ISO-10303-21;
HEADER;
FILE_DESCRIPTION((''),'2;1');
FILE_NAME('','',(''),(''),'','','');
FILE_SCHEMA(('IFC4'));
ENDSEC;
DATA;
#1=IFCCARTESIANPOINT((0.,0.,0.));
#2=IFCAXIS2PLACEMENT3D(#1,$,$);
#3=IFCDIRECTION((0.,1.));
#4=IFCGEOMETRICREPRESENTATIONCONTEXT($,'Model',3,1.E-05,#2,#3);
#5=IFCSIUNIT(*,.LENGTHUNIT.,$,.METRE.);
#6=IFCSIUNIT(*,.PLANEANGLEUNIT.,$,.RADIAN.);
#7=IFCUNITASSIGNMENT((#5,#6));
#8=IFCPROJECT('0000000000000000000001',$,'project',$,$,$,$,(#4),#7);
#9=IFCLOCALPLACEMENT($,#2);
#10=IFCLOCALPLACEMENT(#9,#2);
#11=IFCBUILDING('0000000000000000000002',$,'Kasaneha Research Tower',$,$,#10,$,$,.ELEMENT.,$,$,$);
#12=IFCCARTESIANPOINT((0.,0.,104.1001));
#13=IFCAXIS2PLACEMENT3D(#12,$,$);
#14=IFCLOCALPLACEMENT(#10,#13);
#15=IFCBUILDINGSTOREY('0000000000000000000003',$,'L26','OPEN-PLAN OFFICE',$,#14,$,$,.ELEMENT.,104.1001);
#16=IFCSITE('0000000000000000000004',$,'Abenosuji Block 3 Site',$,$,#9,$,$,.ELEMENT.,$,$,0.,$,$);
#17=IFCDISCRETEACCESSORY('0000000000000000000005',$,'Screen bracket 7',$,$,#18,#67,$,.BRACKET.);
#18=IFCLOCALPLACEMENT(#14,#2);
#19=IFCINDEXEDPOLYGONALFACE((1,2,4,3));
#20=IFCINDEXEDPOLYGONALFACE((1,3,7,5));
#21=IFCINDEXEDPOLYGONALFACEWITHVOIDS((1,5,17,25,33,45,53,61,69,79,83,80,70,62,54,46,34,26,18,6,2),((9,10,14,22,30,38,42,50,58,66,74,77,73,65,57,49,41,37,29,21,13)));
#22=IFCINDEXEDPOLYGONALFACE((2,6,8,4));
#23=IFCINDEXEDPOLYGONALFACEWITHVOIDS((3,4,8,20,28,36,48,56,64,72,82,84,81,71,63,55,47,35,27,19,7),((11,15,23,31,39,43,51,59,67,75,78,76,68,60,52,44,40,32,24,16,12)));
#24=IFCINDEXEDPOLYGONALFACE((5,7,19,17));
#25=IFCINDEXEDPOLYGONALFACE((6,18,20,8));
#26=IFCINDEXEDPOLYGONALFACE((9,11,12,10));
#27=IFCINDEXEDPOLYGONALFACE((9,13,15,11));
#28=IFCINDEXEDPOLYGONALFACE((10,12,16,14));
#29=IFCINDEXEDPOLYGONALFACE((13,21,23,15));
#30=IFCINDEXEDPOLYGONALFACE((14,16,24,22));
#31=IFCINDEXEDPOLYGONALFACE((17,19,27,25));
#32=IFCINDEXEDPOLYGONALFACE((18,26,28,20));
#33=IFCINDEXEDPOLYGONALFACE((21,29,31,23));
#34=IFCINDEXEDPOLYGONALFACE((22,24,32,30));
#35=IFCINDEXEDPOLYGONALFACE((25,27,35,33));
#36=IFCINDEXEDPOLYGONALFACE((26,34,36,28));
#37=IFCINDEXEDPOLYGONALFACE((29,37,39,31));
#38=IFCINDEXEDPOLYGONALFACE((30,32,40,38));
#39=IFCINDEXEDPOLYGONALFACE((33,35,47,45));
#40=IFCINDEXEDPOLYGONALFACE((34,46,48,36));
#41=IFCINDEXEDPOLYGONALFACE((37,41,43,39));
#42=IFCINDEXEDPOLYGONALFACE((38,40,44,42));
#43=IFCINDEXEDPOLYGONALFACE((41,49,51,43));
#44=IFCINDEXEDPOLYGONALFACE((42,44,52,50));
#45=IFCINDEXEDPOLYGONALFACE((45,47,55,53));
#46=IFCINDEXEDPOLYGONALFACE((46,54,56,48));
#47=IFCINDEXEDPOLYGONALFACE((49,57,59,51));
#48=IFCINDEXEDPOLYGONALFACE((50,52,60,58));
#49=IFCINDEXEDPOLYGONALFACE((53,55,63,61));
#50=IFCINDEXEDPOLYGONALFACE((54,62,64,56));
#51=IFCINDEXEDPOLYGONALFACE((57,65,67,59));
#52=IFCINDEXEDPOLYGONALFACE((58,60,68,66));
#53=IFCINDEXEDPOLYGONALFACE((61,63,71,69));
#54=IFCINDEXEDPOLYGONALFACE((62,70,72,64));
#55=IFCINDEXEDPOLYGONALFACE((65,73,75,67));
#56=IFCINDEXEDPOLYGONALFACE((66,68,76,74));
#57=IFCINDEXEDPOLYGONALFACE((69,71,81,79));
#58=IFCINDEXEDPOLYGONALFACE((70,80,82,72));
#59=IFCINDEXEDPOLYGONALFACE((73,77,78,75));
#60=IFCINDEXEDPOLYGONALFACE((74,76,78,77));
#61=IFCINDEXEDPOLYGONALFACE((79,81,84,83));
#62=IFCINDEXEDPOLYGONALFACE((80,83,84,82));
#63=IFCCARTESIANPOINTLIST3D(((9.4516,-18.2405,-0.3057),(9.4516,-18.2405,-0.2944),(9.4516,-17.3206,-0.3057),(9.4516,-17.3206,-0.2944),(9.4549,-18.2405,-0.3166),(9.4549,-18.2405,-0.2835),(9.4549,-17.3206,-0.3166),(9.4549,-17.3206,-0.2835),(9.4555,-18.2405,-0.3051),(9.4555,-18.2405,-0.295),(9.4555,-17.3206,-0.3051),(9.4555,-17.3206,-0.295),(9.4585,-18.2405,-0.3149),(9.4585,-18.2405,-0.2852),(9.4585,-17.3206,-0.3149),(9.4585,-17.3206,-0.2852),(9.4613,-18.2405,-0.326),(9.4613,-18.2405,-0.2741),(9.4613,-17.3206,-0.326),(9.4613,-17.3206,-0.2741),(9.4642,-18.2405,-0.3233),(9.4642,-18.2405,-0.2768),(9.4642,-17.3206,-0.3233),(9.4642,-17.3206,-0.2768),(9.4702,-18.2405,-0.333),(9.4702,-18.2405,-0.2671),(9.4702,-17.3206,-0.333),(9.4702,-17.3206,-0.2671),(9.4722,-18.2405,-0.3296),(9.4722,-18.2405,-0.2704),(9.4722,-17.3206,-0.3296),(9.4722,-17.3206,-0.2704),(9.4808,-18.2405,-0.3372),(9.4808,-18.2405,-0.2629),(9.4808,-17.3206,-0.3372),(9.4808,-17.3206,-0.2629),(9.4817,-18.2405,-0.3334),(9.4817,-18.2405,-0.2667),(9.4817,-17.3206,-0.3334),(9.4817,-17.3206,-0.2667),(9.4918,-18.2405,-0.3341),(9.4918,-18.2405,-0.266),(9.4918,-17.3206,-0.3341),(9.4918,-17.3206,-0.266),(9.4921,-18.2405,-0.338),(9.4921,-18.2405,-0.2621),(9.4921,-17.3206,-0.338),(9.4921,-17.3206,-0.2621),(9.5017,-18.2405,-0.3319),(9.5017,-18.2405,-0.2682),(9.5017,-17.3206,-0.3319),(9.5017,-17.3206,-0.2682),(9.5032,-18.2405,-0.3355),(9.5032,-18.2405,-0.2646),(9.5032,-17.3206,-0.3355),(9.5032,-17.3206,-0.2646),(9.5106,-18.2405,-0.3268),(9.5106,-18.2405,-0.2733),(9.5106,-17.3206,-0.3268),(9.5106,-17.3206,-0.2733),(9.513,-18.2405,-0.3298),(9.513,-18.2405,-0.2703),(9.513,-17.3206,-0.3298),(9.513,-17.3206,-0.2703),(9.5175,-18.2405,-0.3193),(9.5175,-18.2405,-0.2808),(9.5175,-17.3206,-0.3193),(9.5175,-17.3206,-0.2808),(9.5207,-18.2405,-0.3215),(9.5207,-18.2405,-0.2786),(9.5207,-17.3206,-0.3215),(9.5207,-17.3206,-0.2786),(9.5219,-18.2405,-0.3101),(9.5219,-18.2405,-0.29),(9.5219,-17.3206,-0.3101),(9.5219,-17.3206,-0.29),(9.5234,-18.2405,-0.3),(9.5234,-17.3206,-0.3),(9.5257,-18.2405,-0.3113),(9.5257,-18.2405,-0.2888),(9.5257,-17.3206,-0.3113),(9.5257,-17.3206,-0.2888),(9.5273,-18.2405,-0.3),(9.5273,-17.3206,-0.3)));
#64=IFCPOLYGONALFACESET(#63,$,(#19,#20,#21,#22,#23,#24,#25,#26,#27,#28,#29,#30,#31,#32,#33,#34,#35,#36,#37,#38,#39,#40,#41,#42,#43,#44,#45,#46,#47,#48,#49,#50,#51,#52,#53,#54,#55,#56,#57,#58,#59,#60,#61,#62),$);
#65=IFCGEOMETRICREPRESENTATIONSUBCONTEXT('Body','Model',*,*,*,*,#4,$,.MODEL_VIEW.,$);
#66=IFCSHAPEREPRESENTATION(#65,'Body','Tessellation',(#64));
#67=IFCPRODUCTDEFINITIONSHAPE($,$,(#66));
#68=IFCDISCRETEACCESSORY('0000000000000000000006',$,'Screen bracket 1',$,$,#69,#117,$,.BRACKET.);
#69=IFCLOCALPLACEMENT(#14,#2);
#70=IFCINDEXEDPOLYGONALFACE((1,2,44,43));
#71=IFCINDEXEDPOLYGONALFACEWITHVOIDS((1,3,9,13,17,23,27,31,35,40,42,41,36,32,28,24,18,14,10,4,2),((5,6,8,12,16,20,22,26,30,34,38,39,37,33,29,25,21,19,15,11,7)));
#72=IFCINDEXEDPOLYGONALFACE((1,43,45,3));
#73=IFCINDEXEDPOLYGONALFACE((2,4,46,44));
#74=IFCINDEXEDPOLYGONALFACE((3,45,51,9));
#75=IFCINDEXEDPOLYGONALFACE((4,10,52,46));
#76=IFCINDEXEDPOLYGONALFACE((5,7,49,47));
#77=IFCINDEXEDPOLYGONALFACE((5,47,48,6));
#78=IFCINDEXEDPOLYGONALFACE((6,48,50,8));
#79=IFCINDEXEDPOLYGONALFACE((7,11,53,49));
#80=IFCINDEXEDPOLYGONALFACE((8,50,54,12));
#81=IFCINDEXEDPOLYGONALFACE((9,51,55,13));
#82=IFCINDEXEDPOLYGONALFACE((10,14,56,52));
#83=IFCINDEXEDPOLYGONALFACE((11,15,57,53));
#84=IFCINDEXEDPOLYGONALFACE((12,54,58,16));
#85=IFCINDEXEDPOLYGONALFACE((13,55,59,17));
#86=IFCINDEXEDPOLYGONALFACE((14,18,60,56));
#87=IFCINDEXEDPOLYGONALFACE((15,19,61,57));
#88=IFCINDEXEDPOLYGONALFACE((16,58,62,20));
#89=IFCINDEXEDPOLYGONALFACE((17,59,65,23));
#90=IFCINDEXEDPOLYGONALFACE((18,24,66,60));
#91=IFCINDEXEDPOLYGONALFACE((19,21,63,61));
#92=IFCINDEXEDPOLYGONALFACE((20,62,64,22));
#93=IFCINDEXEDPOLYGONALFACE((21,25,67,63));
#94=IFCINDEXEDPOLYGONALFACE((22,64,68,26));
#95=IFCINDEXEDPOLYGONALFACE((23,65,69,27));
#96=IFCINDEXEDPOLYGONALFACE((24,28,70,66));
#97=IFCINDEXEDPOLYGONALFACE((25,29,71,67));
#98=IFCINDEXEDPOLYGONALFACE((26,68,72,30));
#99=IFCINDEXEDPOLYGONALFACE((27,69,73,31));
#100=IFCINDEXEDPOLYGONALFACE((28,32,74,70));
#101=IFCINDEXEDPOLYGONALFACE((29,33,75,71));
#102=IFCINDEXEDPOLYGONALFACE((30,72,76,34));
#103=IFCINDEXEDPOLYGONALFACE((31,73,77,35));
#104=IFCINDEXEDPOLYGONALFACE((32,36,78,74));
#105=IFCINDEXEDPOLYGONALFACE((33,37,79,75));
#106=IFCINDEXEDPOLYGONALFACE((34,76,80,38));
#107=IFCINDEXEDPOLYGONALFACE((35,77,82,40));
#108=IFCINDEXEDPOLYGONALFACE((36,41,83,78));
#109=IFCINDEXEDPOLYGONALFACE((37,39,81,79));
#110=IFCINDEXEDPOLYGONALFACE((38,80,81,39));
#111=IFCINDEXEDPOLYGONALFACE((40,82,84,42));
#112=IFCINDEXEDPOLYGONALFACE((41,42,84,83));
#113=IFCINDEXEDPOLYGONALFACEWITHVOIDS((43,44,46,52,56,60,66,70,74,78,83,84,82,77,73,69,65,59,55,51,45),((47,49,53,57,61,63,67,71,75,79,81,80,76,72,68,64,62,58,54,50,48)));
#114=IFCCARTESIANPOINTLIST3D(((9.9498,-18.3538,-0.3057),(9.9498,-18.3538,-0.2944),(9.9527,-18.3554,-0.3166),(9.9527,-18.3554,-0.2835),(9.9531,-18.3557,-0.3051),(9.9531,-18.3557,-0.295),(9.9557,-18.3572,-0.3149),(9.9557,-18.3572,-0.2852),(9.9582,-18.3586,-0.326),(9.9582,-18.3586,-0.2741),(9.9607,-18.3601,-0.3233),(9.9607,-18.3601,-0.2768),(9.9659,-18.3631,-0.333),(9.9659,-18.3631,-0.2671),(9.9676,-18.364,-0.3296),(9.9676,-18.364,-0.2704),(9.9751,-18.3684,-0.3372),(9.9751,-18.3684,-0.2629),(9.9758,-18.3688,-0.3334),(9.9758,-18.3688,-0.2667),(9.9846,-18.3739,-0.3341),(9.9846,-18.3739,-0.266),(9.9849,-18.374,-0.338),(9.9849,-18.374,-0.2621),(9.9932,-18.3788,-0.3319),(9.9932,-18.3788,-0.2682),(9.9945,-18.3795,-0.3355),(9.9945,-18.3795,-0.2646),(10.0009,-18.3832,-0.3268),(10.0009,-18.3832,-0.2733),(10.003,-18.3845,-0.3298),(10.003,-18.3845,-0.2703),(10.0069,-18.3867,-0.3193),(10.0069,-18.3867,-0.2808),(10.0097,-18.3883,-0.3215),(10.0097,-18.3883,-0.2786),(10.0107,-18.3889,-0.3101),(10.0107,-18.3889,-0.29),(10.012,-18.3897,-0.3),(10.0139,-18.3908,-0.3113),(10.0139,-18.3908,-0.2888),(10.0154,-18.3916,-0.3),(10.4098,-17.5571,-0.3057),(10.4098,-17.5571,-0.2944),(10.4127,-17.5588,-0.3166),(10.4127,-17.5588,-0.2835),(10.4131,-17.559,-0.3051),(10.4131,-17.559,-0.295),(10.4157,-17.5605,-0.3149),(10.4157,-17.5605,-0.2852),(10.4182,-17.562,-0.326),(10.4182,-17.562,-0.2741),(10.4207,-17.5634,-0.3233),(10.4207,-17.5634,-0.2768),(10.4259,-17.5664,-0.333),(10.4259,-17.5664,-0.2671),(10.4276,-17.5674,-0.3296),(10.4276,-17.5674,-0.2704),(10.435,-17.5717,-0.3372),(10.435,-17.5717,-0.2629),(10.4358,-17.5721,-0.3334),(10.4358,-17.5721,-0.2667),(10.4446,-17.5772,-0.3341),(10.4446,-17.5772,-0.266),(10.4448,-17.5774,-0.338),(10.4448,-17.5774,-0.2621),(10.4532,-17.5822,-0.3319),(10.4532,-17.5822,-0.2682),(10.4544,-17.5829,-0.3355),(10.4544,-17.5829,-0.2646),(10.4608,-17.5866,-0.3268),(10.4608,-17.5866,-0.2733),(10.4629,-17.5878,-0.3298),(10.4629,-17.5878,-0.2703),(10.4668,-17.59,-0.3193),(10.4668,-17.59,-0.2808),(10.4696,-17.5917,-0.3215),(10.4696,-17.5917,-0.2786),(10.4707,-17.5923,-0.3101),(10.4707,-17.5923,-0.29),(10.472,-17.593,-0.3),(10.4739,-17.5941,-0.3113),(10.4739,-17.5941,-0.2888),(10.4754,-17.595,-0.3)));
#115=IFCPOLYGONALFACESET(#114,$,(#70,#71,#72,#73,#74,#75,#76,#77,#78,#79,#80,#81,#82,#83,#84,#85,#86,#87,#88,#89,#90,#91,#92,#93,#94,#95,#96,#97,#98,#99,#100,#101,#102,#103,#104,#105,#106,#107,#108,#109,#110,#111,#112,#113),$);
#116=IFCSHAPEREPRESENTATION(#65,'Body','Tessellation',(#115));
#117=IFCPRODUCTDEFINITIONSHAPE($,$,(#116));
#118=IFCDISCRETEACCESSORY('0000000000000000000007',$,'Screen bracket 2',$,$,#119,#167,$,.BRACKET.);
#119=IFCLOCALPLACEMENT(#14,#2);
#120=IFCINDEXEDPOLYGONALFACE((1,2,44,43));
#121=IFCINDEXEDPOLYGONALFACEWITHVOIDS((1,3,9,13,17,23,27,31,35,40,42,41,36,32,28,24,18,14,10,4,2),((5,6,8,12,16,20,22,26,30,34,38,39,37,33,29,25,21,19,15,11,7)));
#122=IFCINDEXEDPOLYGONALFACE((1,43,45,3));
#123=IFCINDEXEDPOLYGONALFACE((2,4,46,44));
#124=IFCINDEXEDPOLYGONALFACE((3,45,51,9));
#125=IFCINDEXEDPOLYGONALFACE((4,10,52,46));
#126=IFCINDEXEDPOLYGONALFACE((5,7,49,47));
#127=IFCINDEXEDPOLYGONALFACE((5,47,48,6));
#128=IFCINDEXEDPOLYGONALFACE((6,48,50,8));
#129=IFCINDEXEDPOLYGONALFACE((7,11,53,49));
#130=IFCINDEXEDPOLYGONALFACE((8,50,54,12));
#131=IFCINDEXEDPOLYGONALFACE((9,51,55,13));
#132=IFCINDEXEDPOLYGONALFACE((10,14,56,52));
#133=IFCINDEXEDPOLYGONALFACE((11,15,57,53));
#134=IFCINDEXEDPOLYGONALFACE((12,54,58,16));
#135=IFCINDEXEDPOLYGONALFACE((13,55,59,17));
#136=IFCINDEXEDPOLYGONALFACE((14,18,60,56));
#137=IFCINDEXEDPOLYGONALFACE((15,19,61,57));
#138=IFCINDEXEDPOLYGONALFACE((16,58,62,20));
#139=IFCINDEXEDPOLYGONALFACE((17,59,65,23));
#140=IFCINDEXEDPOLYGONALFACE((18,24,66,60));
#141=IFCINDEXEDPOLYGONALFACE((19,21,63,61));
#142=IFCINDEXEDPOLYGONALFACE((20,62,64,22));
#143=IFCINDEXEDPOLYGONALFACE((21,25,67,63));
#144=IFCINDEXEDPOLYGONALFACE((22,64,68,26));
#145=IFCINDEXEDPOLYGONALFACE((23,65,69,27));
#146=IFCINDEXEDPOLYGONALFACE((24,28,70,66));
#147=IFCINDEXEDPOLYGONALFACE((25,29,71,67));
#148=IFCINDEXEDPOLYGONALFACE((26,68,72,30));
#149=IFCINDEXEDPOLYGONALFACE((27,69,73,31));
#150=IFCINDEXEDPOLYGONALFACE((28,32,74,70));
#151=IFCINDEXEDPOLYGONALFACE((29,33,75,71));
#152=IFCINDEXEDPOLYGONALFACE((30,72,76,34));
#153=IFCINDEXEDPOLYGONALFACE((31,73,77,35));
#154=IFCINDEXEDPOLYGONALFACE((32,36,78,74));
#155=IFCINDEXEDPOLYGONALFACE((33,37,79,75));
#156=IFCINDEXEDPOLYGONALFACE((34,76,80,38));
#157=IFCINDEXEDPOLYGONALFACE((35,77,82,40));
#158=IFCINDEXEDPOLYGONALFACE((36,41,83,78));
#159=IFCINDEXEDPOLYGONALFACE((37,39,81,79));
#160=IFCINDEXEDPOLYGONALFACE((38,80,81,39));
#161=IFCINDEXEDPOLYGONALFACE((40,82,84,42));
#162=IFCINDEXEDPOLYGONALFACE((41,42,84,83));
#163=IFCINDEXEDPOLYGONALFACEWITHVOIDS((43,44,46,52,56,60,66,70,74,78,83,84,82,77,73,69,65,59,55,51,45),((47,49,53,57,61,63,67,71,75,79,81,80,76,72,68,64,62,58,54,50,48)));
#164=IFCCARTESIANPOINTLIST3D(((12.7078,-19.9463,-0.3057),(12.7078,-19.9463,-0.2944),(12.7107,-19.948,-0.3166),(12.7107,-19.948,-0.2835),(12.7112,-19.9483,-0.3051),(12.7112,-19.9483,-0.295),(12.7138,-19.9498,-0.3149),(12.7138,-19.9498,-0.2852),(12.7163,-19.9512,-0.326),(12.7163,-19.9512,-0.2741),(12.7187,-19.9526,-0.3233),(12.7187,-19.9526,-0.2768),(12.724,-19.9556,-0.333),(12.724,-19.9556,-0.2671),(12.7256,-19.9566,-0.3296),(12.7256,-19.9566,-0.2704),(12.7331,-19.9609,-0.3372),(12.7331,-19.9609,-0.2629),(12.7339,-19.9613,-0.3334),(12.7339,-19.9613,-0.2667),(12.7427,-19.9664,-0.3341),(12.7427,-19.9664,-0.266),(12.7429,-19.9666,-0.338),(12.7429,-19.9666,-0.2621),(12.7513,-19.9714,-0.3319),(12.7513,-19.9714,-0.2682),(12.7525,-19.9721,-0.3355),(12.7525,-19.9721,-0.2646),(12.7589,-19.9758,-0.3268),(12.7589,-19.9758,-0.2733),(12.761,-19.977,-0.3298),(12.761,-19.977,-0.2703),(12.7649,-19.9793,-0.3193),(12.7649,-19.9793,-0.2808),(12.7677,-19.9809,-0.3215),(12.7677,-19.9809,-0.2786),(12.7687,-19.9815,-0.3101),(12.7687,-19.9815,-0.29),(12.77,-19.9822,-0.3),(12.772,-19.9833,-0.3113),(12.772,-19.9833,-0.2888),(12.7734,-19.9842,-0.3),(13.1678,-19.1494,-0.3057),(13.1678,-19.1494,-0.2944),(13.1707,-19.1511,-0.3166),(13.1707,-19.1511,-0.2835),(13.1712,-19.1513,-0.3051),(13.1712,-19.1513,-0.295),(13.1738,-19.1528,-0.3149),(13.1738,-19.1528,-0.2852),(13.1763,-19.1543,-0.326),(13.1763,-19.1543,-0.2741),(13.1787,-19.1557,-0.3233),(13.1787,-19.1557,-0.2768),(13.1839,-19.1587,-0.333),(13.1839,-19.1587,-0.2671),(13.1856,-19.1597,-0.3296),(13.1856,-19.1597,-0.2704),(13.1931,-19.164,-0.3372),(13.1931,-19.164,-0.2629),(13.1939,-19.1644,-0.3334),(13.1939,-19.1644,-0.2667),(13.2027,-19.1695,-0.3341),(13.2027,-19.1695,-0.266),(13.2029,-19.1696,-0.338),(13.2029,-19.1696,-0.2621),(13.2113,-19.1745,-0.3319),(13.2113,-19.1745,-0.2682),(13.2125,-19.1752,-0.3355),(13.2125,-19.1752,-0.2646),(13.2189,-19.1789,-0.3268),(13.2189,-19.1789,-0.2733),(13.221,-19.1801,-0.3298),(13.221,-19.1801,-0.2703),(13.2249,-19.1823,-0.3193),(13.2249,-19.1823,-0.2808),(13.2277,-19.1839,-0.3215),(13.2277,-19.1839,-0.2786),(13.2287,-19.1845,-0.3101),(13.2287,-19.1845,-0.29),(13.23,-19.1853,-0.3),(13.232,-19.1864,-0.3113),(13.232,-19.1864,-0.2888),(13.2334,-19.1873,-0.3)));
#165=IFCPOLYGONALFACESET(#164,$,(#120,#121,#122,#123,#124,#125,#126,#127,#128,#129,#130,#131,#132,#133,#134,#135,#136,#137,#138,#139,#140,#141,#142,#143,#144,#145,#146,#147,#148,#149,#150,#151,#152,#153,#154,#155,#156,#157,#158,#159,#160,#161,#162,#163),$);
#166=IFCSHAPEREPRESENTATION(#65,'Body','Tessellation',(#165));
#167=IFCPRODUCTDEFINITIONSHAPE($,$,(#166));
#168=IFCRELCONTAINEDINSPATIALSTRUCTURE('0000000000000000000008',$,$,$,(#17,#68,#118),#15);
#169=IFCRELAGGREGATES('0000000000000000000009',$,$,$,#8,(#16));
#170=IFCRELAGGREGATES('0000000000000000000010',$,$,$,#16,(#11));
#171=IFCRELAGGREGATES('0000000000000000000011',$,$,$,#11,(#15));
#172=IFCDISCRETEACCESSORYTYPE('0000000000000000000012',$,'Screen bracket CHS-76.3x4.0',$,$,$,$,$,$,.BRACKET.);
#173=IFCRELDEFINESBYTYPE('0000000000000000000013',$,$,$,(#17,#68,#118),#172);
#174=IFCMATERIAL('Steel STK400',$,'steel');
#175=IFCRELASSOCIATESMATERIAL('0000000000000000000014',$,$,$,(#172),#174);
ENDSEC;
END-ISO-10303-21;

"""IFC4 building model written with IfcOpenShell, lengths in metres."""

from ifc_helpers import new_model, si_unit, direction, frame, origin, origin_2d, place, context, subcontext, project, spatial, hollow_circle, extrude, material, material_profile, profile_set, type_object, element, save


model = new_model("IFC4")

# Units and contexts
model_context = context("Model", 3, precision=1e-05, world=origin(), true_north=direction((0.0, 1.0)))
body_context = subcontext(model_context, "Body", "Model", "MODEL_VIEW")
ifc_project = project(units=[si_unit("LENGTHUNIT", "METRE"), si_unit("PLANEANGLEUNIT", "RADIAN")], contexts=[model_context])

# Site, building, storey
site_placement = place(None, origin())
site = spatial("IfcSite", under=ifc_project, at=site_placement, Name="Abenosuji Block 3 Site", CompositionType="ELEMENT", RefElevation=0.0)
building_placement = place(site_placement, origin())
building = spatial("IfcBuilding", under=site, at=building_placement, Name="Kasaneha Research Tower", CompositionType="ELEMENT")
storey_placement = place(building_placement, frame((0.0, 0.0, 104.1001)))
storey = spatial("IfcBuildingStorey", under=building, at=storey_placement, Name="L26", Description="OPEN-PLAN OFFICE", CompositionType="ELEMENT", Elevation=104.1001)

# Discrete accessories
ifc_material_1 = material(Name="Steel STK400", Category="steel")
ifc_material_profile_1 = material_profile(ifc_material_1, hollow_circle(Radius=0.0381, WallThickness=0.0039, at=origin_2d()), Name="CHS-76.3x4.0")
ifc_profile_set_1 = profile_set([ifc_material_profile_1], Name="Steel STK400")
discrete_accessory_type = type_object("IfcDiscreteAccessoryType", Name="Screen bracket CHS-76.3x4.0", PredefinedType="BRACKET", material=ifc_profile_set_1)
for number, where, z_axis, x_axis, name in (
    (1, (9.4893, -17.3206, -0.3), (0.0, -1.0, 0.0), (1.0, 0.0, 0.0), "Screen bracket 7"),
    (2, (10.4424, -17.5759, -0.3), (-0.500021, -0.866013, 0.0), (0.866013, -0.500021, 0.0), "Screen bracket 1"),
):
    element("IfcDiscreteAccessory", number, at=place(storey_placement, frame(where, z_axis=z_axis, x_axis=x_axis)), inside=storey, type_object=discrete_accessory_type, Name=name, PredefinedType="BRACKET", context=body_context, shape_type="SweptSolid", body=[
        extrude(hollow_circle(Radius=0.0381, WallThickness=0.0039, at=origin_2d()), origin(), (0.0, 0.0, 1.0), 0.9199),
    ])
discrete_accessory_1_placement = place(storey_placement, frame((13.2004, -19.1682, -0.3), z_axis=(-0.499906, -0.86608, 0.0), x_axis=(0.86608, -0.499906, 0.0)))
element("IfcDiscreteAccessory", 3, at=discrete_accessory_1_placement, inside=storey, type_object=discrete_accessory_type, Name="Screen bracket 2", PredefinedType="BRACKET", context=body_context, shape_type="SweptSolid", body=[
    extrude(hollow_circle(Radius=0.0381, WallThickness=0.0039, at=origin_2d()), origin(), (0.0, 0.0, 1.0), 0.9202),
])

save(model, "model.ifc")
